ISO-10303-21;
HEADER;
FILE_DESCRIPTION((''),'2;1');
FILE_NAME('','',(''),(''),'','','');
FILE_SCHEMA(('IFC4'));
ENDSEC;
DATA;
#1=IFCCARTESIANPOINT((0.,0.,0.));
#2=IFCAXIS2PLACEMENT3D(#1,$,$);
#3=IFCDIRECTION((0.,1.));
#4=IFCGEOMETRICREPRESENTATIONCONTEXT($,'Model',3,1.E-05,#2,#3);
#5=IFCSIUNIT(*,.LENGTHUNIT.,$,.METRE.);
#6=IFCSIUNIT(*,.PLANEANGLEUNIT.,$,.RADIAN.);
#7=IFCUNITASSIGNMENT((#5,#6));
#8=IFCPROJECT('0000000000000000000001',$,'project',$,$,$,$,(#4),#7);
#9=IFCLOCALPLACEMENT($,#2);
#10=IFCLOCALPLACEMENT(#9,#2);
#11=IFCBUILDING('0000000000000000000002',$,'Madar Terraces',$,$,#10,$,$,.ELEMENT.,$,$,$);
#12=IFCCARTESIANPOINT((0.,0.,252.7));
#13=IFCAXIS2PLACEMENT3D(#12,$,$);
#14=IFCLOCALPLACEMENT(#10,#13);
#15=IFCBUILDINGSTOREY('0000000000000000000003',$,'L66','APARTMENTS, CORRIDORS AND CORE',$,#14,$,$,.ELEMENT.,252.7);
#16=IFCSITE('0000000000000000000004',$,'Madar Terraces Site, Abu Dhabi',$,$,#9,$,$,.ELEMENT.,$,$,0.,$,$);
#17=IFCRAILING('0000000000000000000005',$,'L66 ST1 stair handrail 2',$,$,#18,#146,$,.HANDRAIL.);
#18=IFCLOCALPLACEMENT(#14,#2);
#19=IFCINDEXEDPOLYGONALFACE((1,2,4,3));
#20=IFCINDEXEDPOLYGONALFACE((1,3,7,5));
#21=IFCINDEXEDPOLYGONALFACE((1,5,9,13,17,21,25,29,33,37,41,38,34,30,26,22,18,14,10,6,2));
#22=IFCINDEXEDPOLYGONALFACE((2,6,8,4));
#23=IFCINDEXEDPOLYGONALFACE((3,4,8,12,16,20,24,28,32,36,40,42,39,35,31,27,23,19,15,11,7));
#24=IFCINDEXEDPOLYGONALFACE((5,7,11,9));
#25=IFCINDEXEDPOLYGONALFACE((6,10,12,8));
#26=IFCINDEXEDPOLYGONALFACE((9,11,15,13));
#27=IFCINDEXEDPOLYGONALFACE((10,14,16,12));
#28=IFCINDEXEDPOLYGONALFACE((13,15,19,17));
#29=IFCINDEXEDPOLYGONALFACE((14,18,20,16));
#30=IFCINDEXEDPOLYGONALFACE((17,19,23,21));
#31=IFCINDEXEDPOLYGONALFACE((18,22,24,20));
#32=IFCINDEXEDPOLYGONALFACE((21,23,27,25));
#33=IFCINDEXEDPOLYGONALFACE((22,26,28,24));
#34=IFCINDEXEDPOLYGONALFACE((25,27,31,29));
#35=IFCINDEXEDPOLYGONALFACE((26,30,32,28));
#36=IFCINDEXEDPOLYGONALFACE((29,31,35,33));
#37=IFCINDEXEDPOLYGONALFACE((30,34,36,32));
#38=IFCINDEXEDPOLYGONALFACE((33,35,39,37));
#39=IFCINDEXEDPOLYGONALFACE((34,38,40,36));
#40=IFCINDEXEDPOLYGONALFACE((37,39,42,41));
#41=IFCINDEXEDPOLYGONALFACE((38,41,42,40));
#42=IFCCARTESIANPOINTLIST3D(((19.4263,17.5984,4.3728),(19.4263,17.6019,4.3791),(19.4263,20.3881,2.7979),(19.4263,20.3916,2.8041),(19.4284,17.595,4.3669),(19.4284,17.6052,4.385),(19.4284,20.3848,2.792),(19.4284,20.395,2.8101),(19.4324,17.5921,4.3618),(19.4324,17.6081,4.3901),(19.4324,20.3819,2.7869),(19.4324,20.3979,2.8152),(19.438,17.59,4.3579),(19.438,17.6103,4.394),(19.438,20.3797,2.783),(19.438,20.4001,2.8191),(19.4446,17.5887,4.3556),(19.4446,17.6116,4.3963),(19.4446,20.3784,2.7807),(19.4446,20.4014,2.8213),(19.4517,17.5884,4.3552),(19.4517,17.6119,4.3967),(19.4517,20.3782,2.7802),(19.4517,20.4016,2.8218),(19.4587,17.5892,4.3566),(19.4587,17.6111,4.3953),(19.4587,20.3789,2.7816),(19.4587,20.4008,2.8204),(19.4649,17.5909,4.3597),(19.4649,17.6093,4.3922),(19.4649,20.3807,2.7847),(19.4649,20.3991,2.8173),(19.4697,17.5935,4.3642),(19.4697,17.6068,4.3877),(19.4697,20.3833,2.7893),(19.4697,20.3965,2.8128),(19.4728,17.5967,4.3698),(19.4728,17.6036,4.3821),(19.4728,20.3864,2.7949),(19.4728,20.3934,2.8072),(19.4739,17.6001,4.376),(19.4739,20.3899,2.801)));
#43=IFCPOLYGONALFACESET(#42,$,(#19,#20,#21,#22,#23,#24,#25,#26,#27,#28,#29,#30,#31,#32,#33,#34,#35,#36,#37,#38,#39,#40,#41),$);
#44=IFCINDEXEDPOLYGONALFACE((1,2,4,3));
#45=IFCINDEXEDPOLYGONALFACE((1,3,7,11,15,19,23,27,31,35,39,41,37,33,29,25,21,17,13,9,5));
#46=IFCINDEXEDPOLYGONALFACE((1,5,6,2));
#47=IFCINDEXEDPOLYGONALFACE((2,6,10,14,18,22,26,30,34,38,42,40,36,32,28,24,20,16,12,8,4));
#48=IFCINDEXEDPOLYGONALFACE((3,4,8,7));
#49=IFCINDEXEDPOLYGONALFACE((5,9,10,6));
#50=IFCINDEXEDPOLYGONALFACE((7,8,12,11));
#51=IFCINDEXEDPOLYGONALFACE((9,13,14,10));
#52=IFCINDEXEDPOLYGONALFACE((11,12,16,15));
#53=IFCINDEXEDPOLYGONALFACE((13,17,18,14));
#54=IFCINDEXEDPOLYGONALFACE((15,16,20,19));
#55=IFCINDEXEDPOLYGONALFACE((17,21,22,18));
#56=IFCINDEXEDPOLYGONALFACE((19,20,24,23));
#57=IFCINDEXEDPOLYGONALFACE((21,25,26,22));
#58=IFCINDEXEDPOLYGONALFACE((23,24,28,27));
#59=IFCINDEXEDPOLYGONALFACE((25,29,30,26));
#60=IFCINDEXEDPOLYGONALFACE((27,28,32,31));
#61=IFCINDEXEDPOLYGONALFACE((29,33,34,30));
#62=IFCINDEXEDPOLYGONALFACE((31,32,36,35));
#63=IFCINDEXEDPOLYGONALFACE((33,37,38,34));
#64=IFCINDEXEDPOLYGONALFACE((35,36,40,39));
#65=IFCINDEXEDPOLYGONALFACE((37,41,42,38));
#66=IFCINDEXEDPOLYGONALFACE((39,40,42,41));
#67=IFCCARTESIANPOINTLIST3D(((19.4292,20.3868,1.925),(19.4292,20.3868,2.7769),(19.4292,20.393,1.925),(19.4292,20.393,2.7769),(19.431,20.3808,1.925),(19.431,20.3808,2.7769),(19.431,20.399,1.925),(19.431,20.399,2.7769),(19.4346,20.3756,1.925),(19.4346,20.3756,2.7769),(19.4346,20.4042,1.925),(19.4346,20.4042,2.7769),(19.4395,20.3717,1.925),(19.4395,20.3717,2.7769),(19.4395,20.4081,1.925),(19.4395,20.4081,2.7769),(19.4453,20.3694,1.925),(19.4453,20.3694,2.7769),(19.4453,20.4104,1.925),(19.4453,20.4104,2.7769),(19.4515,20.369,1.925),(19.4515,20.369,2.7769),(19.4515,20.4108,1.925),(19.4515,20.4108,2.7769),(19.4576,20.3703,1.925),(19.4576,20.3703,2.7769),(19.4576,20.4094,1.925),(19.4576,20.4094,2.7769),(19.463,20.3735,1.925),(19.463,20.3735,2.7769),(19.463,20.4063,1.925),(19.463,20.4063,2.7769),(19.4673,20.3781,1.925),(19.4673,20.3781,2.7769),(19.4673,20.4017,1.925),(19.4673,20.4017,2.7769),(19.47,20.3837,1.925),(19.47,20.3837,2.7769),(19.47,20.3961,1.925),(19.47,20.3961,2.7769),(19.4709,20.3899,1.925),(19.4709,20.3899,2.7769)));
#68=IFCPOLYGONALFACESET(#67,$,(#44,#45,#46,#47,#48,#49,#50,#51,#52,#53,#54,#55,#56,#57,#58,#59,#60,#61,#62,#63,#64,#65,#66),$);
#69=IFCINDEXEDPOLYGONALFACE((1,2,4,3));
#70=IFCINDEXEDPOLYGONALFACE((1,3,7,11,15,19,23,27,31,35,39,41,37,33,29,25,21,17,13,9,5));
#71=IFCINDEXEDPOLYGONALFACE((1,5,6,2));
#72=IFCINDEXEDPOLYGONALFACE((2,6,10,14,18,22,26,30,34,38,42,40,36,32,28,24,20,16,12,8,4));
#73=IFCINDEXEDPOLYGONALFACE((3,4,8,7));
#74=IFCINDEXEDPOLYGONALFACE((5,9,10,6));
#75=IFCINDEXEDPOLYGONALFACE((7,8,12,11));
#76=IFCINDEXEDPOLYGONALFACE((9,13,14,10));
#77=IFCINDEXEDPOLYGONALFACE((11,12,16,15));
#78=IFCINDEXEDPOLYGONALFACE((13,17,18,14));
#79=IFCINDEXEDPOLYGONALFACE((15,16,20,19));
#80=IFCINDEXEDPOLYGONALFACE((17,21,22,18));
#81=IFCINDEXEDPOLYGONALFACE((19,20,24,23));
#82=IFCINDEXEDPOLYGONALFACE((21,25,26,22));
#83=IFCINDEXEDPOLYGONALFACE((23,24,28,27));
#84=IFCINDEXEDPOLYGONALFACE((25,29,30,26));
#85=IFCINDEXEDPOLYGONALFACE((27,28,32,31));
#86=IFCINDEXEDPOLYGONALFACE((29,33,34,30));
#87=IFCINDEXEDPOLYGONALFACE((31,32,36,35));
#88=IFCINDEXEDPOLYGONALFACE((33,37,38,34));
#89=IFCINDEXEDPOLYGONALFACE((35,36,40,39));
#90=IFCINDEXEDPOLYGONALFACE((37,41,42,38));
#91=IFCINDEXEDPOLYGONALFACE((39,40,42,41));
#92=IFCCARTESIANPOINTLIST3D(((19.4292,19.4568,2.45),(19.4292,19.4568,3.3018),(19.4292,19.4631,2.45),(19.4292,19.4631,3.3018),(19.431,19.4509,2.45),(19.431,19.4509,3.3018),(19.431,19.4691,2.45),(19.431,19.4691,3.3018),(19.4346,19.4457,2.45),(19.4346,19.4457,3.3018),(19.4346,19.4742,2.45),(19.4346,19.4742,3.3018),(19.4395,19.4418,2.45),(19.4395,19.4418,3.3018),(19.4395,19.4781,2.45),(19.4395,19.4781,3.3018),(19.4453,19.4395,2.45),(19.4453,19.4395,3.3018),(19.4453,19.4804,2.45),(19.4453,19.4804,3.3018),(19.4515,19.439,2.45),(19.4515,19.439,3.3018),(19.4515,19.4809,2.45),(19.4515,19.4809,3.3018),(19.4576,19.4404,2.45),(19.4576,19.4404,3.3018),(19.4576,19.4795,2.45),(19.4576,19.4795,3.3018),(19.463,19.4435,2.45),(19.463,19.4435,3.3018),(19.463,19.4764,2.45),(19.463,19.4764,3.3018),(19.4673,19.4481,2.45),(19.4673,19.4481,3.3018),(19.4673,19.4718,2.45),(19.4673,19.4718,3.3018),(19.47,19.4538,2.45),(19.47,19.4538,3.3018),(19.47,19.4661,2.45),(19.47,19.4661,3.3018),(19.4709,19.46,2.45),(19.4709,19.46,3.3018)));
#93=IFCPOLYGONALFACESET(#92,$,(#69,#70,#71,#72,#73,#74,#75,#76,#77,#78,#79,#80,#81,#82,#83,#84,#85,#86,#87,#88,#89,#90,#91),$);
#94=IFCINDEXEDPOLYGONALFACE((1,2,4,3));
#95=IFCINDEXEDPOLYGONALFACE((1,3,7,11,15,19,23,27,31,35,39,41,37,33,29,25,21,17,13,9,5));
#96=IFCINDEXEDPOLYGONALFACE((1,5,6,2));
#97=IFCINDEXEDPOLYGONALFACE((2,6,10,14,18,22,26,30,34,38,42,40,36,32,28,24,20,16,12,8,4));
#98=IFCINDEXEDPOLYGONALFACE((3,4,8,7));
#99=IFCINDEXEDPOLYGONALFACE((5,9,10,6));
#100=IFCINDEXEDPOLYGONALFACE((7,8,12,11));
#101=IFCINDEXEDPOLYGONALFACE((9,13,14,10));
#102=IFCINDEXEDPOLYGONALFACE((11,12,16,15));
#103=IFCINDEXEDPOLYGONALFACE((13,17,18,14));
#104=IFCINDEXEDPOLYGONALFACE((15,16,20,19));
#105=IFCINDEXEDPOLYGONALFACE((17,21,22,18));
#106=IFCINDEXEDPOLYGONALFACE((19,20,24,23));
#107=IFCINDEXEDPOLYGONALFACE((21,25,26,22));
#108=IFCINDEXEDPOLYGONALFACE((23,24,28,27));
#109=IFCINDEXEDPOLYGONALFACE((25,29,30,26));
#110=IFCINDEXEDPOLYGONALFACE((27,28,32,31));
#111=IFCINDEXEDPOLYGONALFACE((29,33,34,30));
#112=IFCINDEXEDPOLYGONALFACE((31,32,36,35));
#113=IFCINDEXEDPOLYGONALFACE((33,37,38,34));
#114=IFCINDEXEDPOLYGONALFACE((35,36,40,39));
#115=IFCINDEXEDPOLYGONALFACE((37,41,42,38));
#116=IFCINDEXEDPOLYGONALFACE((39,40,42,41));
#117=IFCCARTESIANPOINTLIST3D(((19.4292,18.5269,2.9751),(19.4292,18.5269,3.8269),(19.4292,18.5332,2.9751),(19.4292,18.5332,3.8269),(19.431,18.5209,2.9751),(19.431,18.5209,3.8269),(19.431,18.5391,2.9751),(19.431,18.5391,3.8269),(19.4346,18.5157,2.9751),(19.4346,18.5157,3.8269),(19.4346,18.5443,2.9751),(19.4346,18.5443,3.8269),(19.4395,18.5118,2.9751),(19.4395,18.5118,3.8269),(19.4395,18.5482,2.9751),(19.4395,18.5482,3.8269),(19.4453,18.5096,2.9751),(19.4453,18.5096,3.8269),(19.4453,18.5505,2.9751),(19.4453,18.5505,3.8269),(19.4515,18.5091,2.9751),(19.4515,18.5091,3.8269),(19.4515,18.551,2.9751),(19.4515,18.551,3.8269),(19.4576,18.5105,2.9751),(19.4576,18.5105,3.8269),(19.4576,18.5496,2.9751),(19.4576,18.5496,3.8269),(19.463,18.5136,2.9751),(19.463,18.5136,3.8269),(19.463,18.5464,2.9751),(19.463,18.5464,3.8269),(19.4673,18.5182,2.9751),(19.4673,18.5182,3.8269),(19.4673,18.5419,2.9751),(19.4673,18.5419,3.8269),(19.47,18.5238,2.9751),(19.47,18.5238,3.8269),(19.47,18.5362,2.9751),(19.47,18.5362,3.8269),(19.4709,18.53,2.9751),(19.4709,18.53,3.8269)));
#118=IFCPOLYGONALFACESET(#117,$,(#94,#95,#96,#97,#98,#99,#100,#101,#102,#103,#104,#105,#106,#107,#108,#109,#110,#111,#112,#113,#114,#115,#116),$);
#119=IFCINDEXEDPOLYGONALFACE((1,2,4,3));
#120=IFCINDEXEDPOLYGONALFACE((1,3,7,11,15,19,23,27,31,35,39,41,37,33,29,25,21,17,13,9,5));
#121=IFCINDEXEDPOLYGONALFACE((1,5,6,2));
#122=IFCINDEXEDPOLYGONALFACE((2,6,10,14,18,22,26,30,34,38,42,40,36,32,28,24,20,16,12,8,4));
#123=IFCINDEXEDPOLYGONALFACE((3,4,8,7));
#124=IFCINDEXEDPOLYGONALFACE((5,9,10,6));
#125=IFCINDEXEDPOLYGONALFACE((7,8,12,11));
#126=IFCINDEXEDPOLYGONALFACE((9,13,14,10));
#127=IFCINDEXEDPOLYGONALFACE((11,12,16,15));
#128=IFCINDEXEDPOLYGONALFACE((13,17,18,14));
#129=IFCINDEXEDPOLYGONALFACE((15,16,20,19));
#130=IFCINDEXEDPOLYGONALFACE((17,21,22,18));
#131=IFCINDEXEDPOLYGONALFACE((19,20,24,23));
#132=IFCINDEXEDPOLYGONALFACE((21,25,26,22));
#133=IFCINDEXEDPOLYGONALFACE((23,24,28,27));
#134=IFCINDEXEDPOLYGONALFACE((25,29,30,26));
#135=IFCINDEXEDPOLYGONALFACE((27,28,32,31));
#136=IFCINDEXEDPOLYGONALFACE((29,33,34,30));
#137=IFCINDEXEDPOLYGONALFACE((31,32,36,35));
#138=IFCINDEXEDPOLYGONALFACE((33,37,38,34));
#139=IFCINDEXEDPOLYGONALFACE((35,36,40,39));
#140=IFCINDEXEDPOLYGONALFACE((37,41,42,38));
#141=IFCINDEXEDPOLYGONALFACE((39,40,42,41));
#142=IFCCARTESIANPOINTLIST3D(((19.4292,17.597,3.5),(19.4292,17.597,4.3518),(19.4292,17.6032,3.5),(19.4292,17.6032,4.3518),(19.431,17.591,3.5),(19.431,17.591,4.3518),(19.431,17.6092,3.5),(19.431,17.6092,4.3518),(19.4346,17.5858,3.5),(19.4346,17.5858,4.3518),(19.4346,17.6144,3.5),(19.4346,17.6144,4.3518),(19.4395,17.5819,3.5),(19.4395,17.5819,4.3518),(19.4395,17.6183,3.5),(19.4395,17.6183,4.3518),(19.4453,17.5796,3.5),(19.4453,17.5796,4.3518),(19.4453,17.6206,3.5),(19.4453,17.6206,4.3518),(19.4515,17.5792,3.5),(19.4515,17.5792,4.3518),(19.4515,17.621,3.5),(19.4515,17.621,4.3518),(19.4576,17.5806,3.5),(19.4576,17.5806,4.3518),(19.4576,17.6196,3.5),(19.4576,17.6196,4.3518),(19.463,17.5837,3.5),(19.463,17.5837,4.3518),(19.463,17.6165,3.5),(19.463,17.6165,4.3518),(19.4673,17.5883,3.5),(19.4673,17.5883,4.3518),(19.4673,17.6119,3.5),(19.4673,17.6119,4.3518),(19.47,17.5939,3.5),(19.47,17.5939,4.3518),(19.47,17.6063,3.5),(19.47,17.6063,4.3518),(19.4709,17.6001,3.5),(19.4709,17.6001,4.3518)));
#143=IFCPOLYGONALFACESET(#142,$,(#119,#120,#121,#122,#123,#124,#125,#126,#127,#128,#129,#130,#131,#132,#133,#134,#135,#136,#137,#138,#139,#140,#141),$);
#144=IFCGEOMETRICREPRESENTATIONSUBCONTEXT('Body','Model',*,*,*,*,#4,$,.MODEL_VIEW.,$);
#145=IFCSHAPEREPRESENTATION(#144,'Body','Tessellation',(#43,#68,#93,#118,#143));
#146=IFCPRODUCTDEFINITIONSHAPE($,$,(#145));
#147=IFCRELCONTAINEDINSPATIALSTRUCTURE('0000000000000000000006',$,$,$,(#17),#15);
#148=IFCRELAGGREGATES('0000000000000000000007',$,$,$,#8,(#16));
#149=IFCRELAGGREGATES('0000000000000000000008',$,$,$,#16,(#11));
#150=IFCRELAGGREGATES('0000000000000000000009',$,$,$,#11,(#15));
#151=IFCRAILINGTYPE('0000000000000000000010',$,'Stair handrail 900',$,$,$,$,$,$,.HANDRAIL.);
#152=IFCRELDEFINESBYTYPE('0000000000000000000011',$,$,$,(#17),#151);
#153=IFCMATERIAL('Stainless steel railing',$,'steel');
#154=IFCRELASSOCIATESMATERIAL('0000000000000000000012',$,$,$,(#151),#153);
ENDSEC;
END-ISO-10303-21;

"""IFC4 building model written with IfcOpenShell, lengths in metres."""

from ifc_helpers import new_model, si_unit, direction, frame, origin, origin_2d, place, context, subcontext, project, spatial, circle, extrude, material, type_object, element, save


model = new_model("IFC4")

# Units and contexts
model_context = context("Model", 3, precision=1e-05, world=origin(), true_north=direction((0.0, 1.0)))
body_context = subcontext(model_context, "Body", "Model", "MODEL_VIEW")
ifc_project = project(units=[si_unit("LENGTHUNIT", "METRE"), si_unit("PLANEANGLEUNIT", "RADIAN")], contexts=[model_context])

# Site, building, storey
site_placement = place(None, origin())
site = spatial("IfcSite", under=ifc_project, at=site_placement, Name="Madar Terraces Site, Abu Dhabi", CompositionType="ELEMENT", RefElevation=0.0)
building_placement = place(site_placement, origin())
building = spatial("IfcBuilding", under=site, at=building_placement, Name="Madar Terraces", CompositionType="ELEMENT")
storey_placement = place(building_placement, frame((0.0, 0.0, 252.7)))
storey = spatial("IfcBuildingStorey", under=building, at=storey_placement, Name="L66", Description="APARTMENTS, CORRIDORS AND CORE", CompositionType="ELEMENT", Elevation=252.7)

# Railing
ifc_material_1 = material(Name="Stainless steel railing", Category="steel")
railing_type_1 = type_object("IfcRailingType", Name="Stair handrail 900", PredefinedType="HANDRAIL", material=ifc_material_1)
railing_1_placement = place(storey_placement, frame((19.45, 20.3899, 1.925)))
element("IfcRailing", 1, at=railing_1_placement, inside=storey, type_object=railing_type_1, Name="L66 ST1 stair handrail 2", PredefinedType="HANDRAIL", context=body_context, shape_type="SweptSolid", body=[
    extrude(circle(Radius=0.0239, at=origin_2d()), frame((0.0, 0.0, 0.876), z_axis=(0.0, -0.870815, 0.49161), x_axis=(1.0, 0.0, 0.0)), (0.0, 0.0, 1.0), 3.2036),
    extrude(circle(Radius=0.021, at=origin_2d()), origin(), (0.0, 0.0, 1.0), 0.8518),
    extrude(circle(Radius=0.021, at=origin_2d()), frame((0.0, -0.9299, 0.5249)), (0.0, 0.0, 1.0), 0.8518),
    extrude(circle(Radius=0.021, at=origin_2d()), frame((0.0, -1.8599, 1.05)), (0.0, 0.0, 1.0), 0.8518),
    extrude(circle(Radius=0.021, at=origin_2d()), frame((0.0, -2.7898, 1.575)), (0.0, 0.0, 1.0), 0.8518),
])

save(model, "model.ifc")
